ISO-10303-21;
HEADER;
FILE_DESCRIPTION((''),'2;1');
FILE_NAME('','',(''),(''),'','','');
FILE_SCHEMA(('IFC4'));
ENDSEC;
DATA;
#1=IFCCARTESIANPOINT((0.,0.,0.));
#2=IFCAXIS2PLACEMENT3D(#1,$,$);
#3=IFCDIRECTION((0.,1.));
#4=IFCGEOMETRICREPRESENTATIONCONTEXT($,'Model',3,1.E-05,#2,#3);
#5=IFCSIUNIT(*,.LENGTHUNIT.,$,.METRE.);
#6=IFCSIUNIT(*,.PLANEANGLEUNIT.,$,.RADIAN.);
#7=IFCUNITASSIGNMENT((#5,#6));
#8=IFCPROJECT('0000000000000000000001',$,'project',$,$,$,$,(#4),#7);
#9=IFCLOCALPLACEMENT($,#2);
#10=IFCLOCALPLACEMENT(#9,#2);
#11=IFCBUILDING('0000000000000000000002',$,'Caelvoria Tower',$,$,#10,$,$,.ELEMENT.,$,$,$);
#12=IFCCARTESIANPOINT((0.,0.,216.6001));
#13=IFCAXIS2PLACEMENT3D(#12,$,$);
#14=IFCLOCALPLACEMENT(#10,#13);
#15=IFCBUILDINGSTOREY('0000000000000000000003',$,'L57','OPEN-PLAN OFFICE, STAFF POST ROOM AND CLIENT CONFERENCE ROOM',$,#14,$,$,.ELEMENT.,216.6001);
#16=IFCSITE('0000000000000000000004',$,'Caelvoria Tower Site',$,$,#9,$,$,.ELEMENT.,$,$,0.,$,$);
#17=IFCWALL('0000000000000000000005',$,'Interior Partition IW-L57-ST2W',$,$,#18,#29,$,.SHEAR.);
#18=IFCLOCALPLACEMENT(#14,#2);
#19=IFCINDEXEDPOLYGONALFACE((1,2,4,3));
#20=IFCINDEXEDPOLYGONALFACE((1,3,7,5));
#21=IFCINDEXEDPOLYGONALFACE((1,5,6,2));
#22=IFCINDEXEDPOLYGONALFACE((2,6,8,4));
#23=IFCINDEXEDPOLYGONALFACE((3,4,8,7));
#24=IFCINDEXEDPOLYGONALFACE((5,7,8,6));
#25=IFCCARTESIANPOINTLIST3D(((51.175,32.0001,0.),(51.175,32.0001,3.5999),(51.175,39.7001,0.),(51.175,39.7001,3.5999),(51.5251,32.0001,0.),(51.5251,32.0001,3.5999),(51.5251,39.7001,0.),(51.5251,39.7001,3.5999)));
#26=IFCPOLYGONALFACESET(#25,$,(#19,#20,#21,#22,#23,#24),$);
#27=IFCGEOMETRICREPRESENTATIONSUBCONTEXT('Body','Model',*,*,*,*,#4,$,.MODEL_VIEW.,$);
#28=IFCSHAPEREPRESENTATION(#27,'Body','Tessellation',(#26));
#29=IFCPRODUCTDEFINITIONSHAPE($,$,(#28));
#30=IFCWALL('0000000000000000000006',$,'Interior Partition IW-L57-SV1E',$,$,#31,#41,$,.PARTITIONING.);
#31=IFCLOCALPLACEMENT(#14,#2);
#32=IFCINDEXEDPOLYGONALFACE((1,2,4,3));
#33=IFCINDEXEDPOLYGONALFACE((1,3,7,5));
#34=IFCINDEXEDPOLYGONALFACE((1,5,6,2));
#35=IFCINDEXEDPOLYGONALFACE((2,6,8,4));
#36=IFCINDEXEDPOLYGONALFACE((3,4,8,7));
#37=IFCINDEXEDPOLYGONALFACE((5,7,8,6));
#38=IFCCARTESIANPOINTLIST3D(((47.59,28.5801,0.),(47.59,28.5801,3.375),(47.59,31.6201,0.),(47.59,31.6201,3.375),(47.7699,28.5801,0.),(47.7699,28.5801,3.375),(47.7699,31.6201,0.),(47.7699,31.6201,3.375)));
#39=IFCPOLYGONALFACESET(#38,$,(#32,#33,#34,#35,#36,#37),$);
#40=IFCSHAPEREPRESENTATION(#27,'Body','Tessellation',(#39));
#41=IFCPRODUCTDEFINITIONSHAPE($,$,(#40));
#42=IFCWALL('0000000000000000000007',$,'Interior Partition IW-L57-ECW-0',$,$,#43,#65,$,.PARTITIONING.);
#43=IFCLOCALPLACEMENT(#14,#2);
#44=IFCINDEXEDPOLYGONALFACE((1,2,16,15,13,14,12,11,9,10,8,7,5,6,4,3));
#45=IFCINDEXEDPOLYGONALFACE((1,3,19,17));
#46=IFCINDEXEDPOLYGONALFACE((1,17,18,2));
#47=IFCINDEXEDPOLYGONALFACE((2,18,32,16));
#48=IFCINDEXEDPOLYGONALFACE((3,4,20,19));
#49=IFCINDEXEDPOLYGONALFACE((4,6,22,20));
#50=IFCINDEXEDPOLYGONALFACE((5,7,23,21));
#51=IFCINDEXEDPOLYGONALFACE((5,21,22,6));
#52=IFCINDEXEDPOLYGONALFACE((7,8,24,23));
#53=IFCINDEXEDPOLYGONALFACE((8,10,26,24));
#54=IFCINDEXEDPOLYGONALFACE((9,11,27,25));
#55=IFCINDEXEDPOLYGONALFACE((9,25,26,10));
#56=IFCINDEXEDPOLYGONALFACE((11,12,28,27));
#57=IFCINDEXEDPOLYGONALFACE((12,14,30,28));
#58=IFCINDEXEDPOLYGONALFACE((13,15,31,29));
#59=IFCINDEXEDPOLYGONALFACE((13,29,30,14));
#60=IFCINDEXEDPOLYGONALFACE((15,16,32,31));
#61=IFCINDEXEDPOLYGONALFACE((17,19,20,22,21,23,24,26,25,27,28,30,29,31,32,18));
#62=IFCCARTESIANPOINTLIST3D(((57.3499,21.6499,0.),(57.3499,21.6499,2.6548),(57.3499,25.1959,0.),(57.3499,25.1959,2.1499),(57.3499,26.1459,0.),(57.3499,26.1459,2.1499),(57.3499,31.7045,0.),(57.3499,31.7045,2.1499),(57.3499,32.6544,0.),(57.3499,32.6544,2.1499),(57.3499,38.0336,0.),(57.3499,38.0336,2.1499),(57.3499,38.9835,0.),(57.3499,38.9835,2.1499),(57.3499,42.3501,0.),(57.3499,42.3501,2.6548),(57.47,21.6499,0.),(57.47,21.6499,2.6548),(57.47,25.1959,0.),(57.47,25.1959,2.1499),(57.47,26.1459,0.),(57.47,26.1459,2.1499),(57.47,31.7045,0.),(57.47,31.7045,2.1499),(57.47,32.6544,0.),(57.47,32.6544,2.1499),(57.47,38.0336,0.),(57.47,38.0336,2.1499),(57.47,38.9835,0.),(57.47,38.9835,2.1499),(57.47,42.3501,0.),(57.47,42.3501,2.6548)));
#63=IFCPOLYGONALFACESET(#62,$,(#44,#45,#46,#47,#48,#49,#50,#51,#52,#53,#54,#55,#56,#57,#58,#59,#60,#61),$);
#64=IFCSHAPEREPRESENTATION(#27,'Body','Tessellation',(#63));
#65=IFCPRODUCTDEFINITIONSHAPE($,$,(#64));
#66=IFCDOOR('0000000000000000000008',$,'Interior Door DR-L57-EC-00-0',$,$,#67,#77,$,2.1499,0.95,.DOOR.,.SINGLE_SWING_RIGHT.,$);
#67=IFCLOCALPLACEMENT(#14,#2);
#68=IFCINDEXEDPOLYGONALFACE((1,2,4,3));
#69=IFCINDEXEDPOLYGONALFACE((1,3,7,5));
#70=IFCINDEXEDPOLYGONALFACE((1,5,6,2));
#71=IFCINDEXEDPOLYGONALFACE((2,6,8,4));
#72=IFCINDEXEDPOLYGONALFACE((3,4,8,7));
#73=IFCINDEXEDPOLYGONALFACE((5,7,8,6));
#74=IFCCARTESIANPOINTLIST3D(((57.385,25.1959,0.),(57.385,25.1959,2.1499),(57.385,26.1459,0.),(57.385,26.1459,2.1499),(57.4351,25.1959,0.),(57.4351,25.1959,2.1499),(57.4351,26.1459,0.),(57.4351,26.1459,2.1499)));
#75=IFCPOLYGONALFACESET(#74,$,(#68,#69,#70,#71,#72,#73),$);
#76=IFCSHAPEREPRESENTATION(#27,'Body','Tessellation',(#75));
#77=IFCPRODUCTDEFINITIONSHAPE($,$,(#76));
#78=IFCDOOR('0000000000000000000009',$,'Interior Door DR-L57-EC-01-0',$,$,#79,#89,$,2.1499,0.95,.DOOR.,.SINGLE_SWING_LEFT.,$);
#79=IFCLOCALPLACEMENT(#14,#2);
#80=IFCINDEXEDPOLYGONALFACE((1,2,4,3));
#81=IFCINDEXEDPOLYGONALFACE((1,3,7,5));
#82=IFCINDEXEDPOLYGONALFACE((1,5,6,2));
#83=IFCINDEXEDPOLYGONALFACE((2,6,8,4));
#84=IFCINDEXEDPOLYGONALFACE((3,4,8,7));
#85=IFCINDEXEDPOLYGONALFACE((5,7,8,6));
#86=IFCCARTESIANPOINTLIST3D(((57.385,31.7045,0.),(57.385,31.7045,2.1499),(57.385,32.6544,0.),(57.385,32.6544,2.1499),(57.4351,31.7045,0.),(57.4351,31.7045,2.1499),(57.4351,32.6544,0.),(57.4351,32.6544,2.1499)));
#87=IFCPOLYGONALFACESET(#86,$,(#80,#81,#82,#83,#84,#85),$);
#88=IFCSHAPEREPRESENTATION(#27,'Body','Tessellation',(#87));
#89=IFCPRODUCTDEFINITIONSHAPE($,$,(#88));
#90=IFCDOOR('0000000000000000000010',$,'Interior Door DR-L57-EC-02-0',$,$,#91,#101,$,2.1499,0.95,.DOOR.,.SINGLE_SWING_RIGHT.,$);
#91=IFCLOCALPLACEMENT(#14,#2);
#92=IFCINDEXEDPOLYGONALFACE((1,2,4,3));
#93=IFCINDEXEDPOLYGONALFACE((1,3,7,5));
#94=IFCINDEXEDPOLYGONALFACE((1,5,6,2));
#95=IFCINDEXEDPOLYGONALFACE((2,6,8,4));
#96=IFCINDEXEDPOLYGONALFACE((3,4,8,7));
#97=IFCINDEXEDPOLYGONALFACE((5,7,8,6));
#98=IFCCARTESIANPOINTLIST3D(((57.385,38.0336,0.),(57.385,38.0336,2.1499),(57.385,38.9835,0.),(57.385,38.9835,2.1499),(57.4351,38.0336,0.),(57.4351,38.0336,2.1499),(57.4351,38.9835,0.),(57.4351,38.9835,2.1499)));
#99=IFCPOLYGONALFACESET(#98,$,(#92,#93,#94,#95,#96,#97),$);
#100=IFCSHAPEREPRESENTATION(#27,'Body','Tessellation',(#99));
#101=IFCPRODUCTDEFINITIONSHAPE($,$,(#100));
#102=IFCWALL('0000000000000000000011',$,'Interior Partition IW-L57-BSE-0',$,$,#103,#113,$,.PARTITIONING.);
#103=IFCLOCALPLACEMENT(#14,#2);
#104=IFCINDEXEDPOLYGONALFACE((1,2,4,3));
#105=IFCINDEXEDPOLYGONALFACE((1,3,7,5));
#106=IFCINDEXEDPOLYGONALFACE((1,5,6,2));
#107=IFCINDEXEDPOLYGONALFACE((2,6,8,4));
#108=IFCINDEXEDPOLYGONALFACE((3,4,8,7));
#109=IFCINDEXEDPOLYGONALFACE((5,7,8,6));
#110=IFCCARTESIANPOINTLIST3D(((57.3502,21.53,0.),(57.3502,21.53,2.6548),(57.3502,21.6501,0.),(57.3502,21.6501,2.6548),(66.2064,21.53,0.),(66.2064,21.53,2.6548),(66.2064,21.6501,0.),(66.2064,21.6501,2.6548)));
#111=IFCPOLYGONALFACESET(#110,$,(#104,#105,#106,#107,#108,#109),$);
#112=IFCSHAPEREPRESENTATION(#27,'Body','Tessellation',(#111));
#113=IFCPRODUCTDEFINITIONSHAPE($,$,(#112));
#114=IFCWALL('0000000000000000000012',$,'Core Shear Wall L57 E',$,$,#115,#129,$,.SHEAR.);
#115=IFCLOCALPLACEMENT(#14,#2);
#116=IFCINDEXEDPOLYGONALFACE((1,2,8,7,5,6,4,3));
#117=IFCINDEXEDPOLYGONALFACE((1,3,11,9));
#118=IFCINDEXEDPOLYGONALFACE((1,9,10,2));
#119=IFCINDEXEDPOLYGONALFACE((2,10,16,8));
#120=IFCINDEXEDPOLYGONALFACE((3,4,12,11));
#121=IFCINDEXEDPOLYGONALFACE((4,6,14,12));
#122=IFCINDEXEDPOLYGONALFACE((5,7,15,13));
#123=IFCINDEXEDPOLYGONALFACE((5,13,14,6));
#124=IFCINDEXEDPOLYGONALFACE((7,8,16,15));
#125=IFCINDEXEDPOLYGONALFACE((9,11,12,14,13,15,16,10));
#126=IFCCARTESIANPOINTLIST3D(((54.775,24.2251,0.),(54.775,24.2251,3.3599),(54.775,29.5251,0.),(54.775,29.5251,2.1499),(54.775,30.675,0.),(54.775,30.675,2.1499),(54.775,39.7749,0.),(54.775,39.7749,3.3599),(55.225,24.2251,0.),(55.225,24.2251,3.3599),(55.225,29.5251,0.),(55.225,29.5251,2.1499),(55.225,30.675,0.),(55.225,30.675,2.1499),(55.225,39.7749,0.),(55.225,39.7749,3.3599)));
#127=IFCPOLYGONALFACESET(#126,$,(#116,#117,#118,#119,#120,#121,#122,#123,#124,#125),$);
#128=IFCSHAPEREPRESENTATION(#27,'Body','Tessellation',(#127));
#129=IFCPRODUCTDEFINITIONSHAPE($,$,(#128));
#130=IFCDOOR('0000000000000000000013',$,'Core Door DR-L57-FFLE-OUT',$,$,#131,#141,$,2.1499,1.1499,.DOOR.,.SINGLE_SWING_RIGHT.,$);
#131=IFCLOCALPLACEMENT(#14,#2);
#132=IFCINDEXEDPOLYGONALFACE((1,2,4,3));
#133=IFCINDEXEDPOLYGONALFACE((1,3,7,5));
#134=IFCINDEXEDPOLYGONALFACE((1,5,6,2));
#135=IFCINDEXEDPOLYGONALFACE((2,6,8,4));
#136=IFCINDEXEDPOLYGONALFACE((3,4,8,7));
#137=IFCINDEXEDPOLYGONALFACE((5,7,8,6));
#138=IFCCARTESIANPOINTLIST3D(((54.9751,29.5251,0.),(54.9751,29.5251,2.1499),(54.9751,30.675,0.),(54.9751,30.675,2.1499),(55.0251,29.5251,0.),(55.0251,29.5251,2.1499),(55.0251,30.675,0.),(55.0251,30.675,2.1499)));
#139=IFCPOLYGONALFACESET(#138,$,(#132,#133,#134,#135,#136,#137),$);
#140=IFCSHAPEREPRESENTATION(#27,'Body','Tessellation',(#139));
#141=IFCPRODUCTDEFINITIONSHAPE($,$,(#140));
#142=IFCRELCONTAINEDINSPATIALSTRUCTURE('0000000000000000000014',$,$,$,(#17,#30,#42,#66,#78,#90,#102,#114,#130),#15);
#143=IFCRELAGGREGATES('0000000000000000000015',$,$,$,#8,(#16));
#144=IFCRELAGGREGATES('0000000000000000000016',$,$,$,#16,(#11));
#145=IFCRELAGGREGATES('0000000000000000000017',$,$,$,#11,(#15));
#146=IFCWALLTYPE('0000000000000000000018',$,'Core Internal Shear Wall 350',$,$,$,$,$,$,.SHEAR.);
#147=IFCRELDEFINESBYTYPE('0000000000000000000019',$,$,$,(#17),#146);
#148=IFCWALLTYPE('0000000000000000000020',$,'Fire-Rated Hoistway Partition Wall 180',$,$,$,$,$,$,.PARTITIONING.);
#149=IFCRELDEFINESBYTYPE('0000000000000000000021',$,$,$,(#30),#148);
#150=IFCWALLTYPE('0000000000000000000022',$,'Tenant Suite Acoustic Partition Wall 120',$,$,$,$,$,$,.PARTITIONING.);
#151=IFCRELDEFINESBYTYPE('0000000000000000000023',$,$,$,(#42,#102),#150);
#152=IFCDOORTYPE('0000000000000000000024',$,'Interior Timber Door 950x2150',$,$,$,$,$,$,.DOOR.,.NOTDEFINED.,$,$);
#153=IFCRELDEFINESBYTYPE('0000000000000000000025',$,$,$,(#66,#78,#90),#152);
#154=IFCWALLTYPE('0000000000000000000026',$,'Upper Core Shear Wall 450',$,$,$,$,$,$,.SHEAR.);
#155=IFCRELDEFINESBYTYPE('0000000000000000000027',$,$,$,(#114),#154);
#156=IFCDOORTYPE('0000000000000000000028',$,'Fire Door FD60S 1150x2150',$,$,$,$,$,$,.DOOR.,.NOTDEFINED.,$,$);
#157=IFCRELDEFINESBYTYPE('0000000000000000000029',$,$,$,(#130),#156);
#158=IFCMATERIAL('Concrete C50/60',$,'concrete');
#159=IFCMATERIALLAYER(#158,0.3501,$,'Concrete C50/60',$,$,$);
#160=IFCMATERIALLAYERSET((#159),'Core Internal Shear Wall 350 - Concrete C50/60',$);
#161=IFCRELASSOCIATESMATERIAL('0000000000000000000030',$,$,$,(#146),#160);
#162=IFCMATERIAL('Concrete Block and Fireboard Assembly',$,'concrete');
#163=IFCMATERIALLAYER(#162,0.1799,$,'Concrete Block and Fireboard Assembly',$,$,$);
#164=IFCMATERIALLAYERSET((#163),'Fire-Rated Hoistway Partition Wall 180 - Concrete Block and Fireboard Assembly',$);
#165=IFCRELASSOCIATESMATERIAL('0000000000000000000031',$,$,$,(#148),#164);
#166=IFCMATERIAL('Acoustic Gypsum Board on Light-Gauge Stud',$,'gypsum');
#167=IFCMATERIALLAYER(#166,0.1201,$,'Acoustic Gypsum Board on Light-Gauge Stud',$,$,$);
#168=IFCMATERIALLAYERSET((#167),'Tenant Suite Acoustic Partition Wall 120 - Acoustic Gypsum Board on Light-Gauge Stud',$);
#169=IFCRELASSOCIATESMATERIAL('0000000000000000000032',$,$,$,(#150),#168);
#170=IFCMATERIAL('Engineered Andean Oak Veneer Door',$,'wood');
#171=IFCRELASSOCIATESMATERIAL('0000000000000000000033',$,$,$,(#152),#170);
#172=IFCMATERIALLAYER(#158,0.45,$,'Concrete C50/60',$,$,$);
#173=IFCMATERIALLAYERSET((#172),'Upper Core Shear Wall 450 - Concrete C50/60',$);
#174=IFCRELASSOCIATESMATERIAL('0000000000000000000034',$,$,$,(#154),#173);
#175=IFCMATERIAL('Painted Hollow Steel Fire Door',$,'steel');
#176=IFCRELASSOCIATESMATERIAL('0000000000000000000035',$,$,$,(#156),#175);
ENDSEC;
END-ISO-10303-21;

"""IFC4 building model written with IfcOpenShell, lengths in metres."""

from ifc_helpers import new_model, si_unit, direction, frame, frame_2d, origin, place, context, subcontext, project, spatial, rectangle, extrude, material, layer, layer_set, type_object, element, fill, save


model = new_model("IFC4")

# Units and contexts
model_context = context("Model", 3, precision=1e-05, world=origin(), true_north=direction((0.0, 1.0)))
body_context = subcontext(model_context, "Body", "Model", "MODEL_VIEW")
ifc_project = project(units=[si_unit("LENGTHUNIT", "METRE"), si_unit("PLANEANGLEUNIT", "RADIAN")], contexts=[model_context])

# Site, building, storey
site_placement = place(None, origin())
site = spatial("IfcSite", under=ifc_project, at=site_placement, Name="Caelvoria Tower Site", CompositionType="ELEMENT", RefElevation=0.0)
building_placement = place(site_placement, origin())
building = spatial("IfcBuilding", under=site, at=building_placement, Name="Caelvoria Tower", CompositionType="ELEMENT")
storey_placement = place(building_placement, frame((0.0, 0.0, 216.6001)))
storey = spatial("IfcBuildingStorey", under=building, at=storey_placement, Name="L57", Description="OPEN-PLAN OFFICE, STAFF POST ROOM AND CLIENT CONFERENCE ROOM", CompositionType="ELEMENT", Elevation=216.6001)

# Wall
ifc_material_1 = material(Name="Concrete C50/60", Category="concrete")
ifc_layer_1 = layer(ifc_material_1, 0.3501, Name="Concrete C50/60")
ifc_layer_set_1 = layer_set([ifc_layer_1], Name="Core Internal Shear Wall 350 - Concrete C50/60")
wall_type_1 = type_object("IfcWallType", Name="Core Internal Shear Wall 350", PredefinedType="SHEAR", material=ifc_layer_set_1)
wall_1_placement = place(storey_placement, frame((51.3501, 32.0, 0.0), z_axis=(0.0, 0.0, 1.0), x_axis=(0.0, 1.0, 0.0)))
element("IfcWall", 1, at=wall_1_placement, inside=storey, type_object=wall_type_1, Name="Interior Partition IW-L57-ST2W", PredefinedType="SHEAR", context=body_context, shape_type="SweptSolid", body=[
    extrude(rectangle(XDim=7.7, YDim=0.3501, at=frame_2d((3.8501, 0.0))), origin(), (0.0, 0.0, 1.0), 3.5999),
])

# Wall
ifc_material_2 = material(Name="Concrete Block and Fireboard Assembly", Category="concrete")
ifc_layer_2 = layer(ifc_material_2, 0.1799, Name="Concrete Block and Fireboard Assembly")
ifc_layer_set_2 = layer_set([ifc_layer_2], Name="Fire-Rated Hoistway Partition Wall 180 - Concrete Block and Fireboard Assembly")
wall_type_2 = type_object("IfcWallType", Name="Fire-Rated Hoistway Partition Wall 180", PredefinedType="PARTITIONING", material=ifc_layer_set_2)
wall_2_placement = place(storey_placement, frame((47.6799, 28.5801, 0.0), z_axis=(0.0, 0.0, 1.0), x_axis=(0.0, 1.0, 0.0)))
element("IfcWall", 2, at=wall_2_placement, inside=storey, type_object=wall_type_2, Name="Interior Partition IW-L57-SV1E", PredefinedType="PARTITIONING", context=body_context, shape_type="SweptSolid", body=[
    extrude(rectangle(XDim=3.04, YDim=0.1799, at=frame_2d((1.52, 0.0))), origin(), (0.0, 0.0, 1.0), 3.375),
])

# Wall, openings, doors
ifc_material_3 = material(Name="Acoustic Gypsum Board on Light-Gauge Stud", Category="gypsum")
ifc_layer_3 = layer(ifc_material_3, 0.1201, Name="Acoustic Gypsum Board on Light-Gauge Stud")
ifc_layer_set_3 = layer_set([ifc_layer_3], Name="Tenant Suite Acoustic Partition Wall 120 - Acoustic Gypsum Board on Light-Gauge Stud")
wall_type_3 = type_object("IfcWallType", Name="Tenant Suite Acoustic Partition Wall 120", PredefinedType="PARTITIONING", material=ifc_layer_set_3)
wall_3_placement = place(storey_placement, frame((57.4099, 21.6499, 0.0), z_axis=(0.0, 0.0, 1.0), x_axis=(0.0, 1.0, 0.0)))
wall_3 = element("IfcWall", 3, at=wall_3_placement, inside=storey, type_object=wall_type_3, Name="Interior Partition IW-L57-ECW-0", PredefinedType="PARTITIONING", context=body_context, shape_type="SweptSolid", body=[
    extrude(rectangle(XDim=20.7002, YDim=0.1201, at=frame_2d((10.3501, 0.0))), origin(), (0.0, 0.0, 1.0), 2.6548),
])
opening_1_placement = place(wall_3_placement, frame((3.5459, 0.0, 0.0)))
opening_1 = element("IfcOpeningElement", 4, at=opening_1_placement, cuts=wall_3, PredefinedType="OPENING", context=body_context, shape_type="SweptSolid", body=[
    extrude(rectangle(XDim=0.95, YDim=2.1499, at=frame_2d((0.4751, 1.075))), frame((0.0, 0.0701, 0.0), z_axis=(0.0, -1.0, 0.0), x_axis=(1.0, 0.0, 0.0)), (0.0, 0.0, 1.0), 0.1401),
])
opening_2_placement = place(wall_3_placement, frame((10.0544, 0.0, 0.0)))
opening_2 = element("IfcOpeningElement", 5, at=opening_2_placement, cuts=wall_3, PredefinedType="OPENING", context=body_context, shape_type="SweptSolid", body=[
    extrude(rectangle(XDim=0.95, YDim=2.1499, at=frame_2d((0.4751, 1.075))), frame((0.0, 0.0701, 0.0), z_axis=(0.0, -1.0, 0.0), x_axis=(1.0, 0.0, 0.0)), (0.0, 0.0, 1.0), 0.1401),
])
opening_3_placement = place(wall_3_placement, frame((16.3835, 0.0, 0.0)))
opening_3 = element("IfcOpeningElement", 6, at=opening_3_placement, cuts=wall_3, PredefinedType="OPENING", context=body_context, shape_type="SweptSolid", body=[
    extrude(rectangle(XDim=0.95, YDim=2.1499, at=frame_2d((0.4751, 1.075))), frame((0.0, 0.0701, 0.0), z_axis=(0.0, -1.0, 0.0), x_axis=(1.0, 0.0, 0.0)), (0.0, 0.0, 1.0), 0.1401),
])
ifc_material_4 = material(Name="Engineered Andean Oak Veneer Door", Category="wood")
door_type_1 = type_object("IfcDoorType", Name="Interior Timber Door 950x2150", OperationType="NOTDEFINED", PredefinedType="DOOR", material=ifc_material_4)
door_1_placement = place(opening_1_placement, origin())
door_1 = element("IfcDoor", 7, at=door_1_placement, inside=storey, type_object=door_type_1, Name="Interior Door DR-L57-EC-00-0", OperationType="SINGLE_SWING_RIGHT", OverallHeight=2.1499, OverallWidth=0.95, PredefinedType="DOOR", context=body_context, shape_type="SweptSolid", body=[
    extrude(rectangle(XDim=0.95, YDim=2.1499, at=frame_2d((0.4751, 1.075))), frame((0.0, 0.0249, 0.0), z_axis=(0.0, -1.0, 0.0), x_axis=(1.0, 0.0, 0.0)), (0.0, 0.0, 1.0), 0.05),
])
fill(opening_1, door_1)
door_2_placement = place(opening_2_placement, origin())
door_2 = element("IfcDoor", 8, at=door_2_placement, inside=storey, type_object=door_type_1, Name="Interior Door DR-L57-EC-01-0", OperationType="SINGLE_SWING_LEFT", OverallHeight=2.1499, OverallWidth=0.95, PredefinedType="DOOR", context=body_context, shape_type="SweptSolid", body=[
    extrude(rectangle(XDim=0.95, YDim=2.1499, at=frame_2d((0.4751, 1.075))), frame((0.0, 0.0249, 0.0), z_axis=(0.0, -1.0, 0.0), x_axis=(1.0, 0.0, 0.0)), (0.0, 0.0, 1.0), 0.05),
])
fill(opening_2, door_2)
door_3_placement = place(opening_3_placement, origin())
door_3 = element("IfcDoor", 9, at=door_3_placement, inside=storey, type_object=door_type_1, Name="Interior Door DR-L57-EC-02-0", OperationType="SINGLE_SWING_RIGHT", OverallHeight=2.1499, OverallWidth=0.95, PredefinedType="DOOR", context=body_context, shape_type="SweptSolid", body=[
    extrude(rectangle(XDim=0.95, YDim=2.1499, at=frame_2d((0.4751, 1.075))), frame((0.0, 0.0249, 0.0), z_axis=(0.0, -1.0, 0.0), x_axis=(1.0, 0.0, 0.0)), (0.0, 0.0, 1.0), 0.05),
])
fill(opening_3, door_3)

# Wall
wall_4_placement = place(storey_placement, frame((57.3501, 21.5901, 0.0), z_axis=(0.0, 0.0, 1.0), x_axis=(1.0, 0.0, 0.0)))
element("IfcWall", 10, at=wall_4_placement, inside=storey, type_object=wall_type_3, Name="Interior Partition IW-L57-BSE-0", PredefinedType="PARTITIONING", context=body_context, shape_type="SweptSolid", body=[
    extrude(rectangle(XDim=8.8562, YDim=0.1201, at=frame_2d((4.4282, 0.0))), origin(), (0.0, 0.0, 1.0), 2.6548),
])

# Wall, opening, door
ifc_layer_4 = layer(ifc_material_1, 0.45, Name="Concrete C50/60")
ifc_layer_set_4 = layer_set([ifc_layer_4], Name="Upper Core Shear Wall 450 - Concrete C50/60")
wall_type_4 = type_object("IfcWallType", Name="Upper Core Shear Wall 450", PredefinedType="SHEAR", material=ifc_layer_set_4)
wall_5_placement = place(storey_placement, frame((55.0, 24.2251, 0.0), z_axis=(0.0, 0.0, 1.0), x_axis=(0.0, 1.0, 0.0)))
wall_5 = element("IfcWall", 11, at=wall_5_placement, inside=storey, type_object=wall_type_4, Name="Core Shear Wall L57 E", PredefinedType="SHEAR", context=body_context, shape_type="SweptSolid", body=[
    extrude(rectangle(XDim=15.5498, YDim=0.45, at=frame_2d((7.7749, 0.0))), origin(), (0.0, 0.0, 1.0), 3.3599),
])
opening_4_placement = place(wall_5_placement, frame((5.3, 0.0, 0.0)))
opening_4 = element("IfcOpeningElement", 12, at=opening_4_placement, cuts=wall_5, PredefinedType="OPENING", context=body_context, shape_type="SweptSolid", body=[
    extrude(rectangle(XDim=1.1499, YDim=2.1499, at=frame_2d((0.575, 1.075))), frame((0.0, 0.2349, 0.0), z_axis=(0.0, -1.0, 0.0), x_axis=(1.0, 0.0, 0.0)), (0.0, 0.0, 1.0), 0.47),
])
ifc_material_5 = material(Name="Painted Hollow Steel Fire Door", Category="steel")
door_type_2 = type_object("IfcDoorType", Name="Fire Door FD60S 1150x2150", OperationType="NOTDEFINED", PredefinedType="DOOR", material=ifc_material_5)
door_4_placement = place(opening_4_placement, origin())
door_4 = element("IfcDoor", 13, at=door_4_placement, inside=storey, type_object=door_type_2, Name="Core Door DR-L57-FFLE-OUT", OperationType="SINGLE_SWING_RIGHT", OverallHeight=2.1499, OverallWidth=1.1499, PredefinedType="DOOR", context=body_context, shape_type="SweptSolid", body=[
    extrude(rectangle(XDim=1.1499, YDim=2.1499, at=frame_2d((0.575, 1.075))), frame((0.0, 0.0249, 0.0), z_axis=(0.0, -1.0, 0.0), x_axis=(1.0, 0.0, 0.0)), (0.0, 0.0, 1.0), 0.05),
])
fill(opening_4, door_4)

save(model, "model.ifc")
